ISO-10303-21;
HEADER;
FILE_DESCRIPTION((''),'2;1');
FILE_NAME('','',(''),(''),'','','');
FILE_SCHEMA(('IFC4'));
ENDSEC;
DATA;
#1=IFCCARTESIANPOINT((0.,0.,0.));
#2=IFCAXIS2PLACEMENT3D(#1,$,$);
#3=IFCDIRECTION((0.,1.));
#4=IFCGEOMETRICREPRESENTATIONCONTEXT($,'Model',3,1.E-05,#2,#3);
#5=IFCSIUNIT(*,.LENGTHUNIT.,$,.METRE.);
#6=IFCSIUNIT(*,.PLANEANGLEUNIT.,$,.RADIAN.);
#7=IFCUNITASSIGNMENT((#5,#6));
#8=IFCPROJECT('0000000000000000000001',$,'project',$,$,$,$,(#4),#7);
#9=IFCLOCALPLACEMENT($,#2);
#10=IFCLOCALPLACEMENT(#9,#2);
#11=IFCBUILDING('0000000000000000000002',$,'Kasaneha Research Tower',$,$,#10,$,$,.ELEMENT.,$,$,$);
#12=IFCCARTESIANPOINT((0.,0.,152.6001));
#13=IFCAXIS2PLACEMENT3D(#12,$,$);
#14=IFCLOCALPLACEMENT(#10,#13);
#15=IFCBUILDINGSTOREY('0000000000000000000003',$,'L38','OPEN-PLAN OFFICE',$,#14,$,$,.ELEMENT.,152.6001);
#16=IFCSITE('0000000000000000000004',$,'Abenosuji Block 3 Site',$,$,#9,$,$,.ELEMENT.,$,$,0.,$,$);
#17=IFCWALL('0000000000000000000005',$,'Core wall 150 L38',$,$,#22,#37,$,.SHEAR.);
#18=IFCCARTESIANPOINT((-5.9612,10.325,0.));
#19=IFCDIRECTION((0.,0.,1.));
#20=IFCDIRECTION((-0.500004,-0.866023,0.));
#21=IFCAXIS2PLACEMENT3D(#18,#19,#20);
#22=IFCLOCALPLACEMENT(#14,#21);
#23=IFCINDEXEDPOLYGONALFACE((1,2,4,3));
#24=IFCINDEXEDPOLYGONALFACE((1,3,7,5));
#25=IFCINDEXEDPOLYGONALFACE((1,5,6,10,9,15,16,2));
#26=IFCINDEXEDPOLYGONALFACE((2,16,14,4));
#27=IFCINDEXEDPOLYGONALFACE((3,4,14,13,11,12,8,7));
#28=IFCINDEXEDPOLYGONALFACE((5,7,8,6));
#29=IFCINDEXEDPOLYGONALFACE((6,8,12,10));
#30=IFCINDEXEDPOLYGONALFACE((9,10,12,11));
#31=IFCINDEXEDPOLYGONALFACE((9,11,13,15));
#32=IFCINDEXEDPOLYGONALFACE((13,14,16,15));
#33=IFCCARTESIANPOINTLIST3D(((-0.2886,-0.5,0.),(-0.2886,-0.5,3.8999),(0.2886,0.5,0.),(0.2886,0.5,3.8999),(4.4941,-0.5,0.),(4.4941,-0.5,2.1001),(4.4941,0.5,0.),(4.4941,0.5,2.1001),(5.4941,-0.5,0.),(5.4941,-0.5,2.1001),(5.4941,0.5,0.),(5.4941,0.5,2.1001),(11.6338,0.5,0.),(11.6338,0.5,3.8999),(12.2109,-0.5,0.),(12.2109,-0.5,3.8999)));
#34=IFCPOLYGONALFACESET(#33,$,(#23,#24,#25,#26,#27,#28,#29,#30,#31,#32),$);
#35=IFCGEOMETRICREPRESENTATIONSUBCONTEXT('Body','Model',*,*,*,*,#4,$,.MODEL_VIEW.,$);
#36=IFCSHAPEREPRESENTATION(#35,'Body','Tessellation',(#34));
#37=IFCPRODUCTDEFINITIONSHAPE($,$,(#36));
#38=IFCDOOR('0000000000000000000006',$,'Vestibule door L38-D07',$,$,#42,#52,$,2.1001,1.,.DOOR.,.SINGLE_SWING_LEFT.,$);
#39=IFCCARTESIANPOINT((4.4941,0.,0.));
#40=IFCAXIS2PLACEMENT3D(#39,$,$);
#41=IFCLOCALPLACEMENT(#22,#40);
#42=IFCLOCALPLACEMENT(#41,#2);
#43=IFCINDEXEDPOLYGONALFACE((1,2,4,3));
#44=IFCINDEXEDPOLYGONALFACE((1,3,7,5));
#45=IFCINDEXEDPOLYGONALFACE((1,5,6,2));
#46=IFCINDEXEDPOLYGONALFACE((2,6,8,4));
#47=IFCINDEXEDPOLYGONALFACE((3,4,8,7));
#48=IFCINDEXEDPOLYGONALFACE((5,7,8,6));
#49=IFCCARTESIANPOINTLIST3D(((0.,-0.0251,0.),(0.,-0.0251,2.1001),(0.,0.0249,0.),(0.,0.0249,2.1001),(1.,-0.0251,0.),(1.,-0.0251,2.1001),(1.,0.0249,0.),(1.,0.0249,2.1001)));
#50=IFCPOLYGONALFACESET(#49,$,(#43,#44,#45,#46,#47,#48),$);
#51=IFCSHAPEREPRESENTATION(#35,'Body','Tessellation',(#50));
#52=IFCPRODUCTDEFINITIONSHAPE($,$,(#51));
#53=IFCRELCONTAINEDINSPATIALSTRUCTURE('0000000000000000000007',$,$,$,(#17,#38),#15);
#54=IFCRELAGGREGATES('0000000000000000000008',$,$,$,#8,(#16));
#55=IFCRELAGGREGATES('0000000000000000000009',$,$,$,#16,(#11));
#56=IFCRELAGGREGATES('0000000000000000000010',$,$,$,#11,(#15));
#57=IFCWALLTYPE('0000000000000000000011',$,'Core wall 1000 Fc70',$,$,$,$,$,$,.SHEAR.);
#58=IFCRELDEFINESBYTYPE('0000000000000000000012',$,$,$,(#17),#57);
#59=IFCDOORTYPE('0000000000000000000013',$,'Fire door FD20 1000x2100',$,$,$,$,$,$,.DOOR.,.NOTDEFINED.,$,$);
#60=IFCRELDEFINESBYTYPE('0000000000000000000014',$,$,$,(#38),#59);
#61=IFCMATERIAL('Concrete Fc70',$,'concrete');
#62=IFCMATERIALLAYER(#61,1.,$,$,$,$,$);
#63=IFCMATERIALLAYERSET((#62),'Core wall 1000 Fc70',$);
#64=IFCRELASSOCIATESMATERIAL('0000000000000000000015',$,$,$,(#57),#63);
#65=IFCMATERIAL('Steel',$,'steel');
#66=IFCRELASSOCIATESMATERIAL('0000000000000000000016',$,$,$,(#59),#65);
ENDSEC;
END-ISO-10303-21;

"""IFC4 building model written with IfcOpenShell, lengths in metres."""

from ifc_helpers import new_model, si_unit, direction, frame, frame_2d, origin, place, context, subcontext, project, spatial, polyline, rectangle, outline, extrude, material, layer, layer_set, type_object, element, fill, save


model = new_model("IFC4")

# Units and contexts
model_context = context("Model", 3, precision=1e-05, world=origin(), true_north=direction((0.0, 1.0)))
body_context = subcontext(model_context, "Body", "Model", "MODEL_VIEW")
ifc_project = project(units=[si_unit("LENGTHUNIT", "METRE"), si_unit("PLANEANGLEUNIT", "RADIAN")], contexts=[model_context])

# Site, building, storey
site_placement = place(None, origin())
site = spatial("IfcSite", under=ifc_project, at=site_placement, Name="Abenosuji Block 3 Site", CompositionType="ELEMENT", RefElevation=0.0)
building_placement = place(site_placement, origin())
building = spatial("IfcBuilding", under=site, at=building_placement, Name="Kasaneha Research Tower", CompositionType="ELEMENT")
storey_placement = place(building_placement, frame((0.0, 0.0, 152.6001)))
storey = spatial("IfcBuildingStorey", under=building, at=storey_placement, Name="L38", Description="OPEN-PLAN OFFICE", CompositionType="ELEMENT", Elevation=152.6001)

# Wall, opening, door
ifc_material_1 = material(Name="Concrete Fc70", Category="concrete")
ifc_layer_1 = layer(ifc_material_1, 1.0)
ifc_layer_set_1 = layer_set([ifc_layer_1], Name="Core wall 1000 Fc70")
wall_type_1 = type_object("IfcWallType", Name="Core wall 1000 Fc70", PredefinedType="SHEAR", material=ifc_layer_set_1)
wall_1_placement = place(storey_placement, frame((-5.9612, 10.325, 0.0), z_axis=(0.0, 0.0, 1.0), x_axis=(-0.500004, -0.866023, 0.0)))
wall_1 = element("IfcWall", 1, at=wall_1_placement, inside=storey, type_object=wall_type_1, Name="Core wall 150 L38", PredefinedType="SHEAR", context=body_context, shape_type="SweptSolid", body=[
    extrude(outline(polyline([(-0.2886, -0.5), (4.4941, -0.5), (5.4941, -0.5), (12.2109, -0.5), (11.6338, 0.5), (5.4941, 0.5), (4.4941, 0.5), (0.2886, 0.5), (-0.2886, -0.5)])), origin(), (0.0, 0.0, 1.0), 3.8999),
])
opening_1_placement = place(wall_1_placement, frame((4.4941, 0.0, 0.0)))
opening_1 = element("IfcOpeningElement", 2, at=opening_1_placement, cuts=wall_1, PredefinedType="OPENING", context=body_context, shape_type="SweptSolid", body=[
    extrude(rectangle(XDim=1.0, YDim=2.1001, at=frame_2d((0.5, 1.05))), frame((0.0, 0.51, 0.0), z_axis=(0.0, -1.0, 0.0), x_axis=(1.0, 0.0, 0.0)), (0.0, 0.0, 1.0), 1.02),
])
ifc_material_2 = material(Name="Steel", Category="steel")
door_type_1 = type_object("IfcDoorType", Name="Fire door FD20 1000x2100", OperationType="NOTDEFINED", PredefinedType="DOOR", material=ifc_material_2)
door_1_placement = place(opening_1_placement, origin())
door_1 = element("IfcDoor", 3, at=door_1_placement, inside=storey, type_object=door_type_1, Name="Vestibule door L38-D07", OperationType="SINGLE_SWING_LEFT", OverallHeight=2.1001, OverallWidth=1.0, PredefinedType="DOOR", context=body_context, shape_type="SweptSolid", body=[
    extrude(rectangle(XDim=1.0, YDim=2.1001, at=frame_2d((0.5, 1.05))), frame((0.0, 0.0249, 0.0), z_axis=(0.0, -1.0, 0.0), x_axis=(1.0, 0.0, 0.0)), (0.0, 0.0, 1.0), 0.05),
])
fill(opening_1, door_1)

save(model, "model.ifc")
